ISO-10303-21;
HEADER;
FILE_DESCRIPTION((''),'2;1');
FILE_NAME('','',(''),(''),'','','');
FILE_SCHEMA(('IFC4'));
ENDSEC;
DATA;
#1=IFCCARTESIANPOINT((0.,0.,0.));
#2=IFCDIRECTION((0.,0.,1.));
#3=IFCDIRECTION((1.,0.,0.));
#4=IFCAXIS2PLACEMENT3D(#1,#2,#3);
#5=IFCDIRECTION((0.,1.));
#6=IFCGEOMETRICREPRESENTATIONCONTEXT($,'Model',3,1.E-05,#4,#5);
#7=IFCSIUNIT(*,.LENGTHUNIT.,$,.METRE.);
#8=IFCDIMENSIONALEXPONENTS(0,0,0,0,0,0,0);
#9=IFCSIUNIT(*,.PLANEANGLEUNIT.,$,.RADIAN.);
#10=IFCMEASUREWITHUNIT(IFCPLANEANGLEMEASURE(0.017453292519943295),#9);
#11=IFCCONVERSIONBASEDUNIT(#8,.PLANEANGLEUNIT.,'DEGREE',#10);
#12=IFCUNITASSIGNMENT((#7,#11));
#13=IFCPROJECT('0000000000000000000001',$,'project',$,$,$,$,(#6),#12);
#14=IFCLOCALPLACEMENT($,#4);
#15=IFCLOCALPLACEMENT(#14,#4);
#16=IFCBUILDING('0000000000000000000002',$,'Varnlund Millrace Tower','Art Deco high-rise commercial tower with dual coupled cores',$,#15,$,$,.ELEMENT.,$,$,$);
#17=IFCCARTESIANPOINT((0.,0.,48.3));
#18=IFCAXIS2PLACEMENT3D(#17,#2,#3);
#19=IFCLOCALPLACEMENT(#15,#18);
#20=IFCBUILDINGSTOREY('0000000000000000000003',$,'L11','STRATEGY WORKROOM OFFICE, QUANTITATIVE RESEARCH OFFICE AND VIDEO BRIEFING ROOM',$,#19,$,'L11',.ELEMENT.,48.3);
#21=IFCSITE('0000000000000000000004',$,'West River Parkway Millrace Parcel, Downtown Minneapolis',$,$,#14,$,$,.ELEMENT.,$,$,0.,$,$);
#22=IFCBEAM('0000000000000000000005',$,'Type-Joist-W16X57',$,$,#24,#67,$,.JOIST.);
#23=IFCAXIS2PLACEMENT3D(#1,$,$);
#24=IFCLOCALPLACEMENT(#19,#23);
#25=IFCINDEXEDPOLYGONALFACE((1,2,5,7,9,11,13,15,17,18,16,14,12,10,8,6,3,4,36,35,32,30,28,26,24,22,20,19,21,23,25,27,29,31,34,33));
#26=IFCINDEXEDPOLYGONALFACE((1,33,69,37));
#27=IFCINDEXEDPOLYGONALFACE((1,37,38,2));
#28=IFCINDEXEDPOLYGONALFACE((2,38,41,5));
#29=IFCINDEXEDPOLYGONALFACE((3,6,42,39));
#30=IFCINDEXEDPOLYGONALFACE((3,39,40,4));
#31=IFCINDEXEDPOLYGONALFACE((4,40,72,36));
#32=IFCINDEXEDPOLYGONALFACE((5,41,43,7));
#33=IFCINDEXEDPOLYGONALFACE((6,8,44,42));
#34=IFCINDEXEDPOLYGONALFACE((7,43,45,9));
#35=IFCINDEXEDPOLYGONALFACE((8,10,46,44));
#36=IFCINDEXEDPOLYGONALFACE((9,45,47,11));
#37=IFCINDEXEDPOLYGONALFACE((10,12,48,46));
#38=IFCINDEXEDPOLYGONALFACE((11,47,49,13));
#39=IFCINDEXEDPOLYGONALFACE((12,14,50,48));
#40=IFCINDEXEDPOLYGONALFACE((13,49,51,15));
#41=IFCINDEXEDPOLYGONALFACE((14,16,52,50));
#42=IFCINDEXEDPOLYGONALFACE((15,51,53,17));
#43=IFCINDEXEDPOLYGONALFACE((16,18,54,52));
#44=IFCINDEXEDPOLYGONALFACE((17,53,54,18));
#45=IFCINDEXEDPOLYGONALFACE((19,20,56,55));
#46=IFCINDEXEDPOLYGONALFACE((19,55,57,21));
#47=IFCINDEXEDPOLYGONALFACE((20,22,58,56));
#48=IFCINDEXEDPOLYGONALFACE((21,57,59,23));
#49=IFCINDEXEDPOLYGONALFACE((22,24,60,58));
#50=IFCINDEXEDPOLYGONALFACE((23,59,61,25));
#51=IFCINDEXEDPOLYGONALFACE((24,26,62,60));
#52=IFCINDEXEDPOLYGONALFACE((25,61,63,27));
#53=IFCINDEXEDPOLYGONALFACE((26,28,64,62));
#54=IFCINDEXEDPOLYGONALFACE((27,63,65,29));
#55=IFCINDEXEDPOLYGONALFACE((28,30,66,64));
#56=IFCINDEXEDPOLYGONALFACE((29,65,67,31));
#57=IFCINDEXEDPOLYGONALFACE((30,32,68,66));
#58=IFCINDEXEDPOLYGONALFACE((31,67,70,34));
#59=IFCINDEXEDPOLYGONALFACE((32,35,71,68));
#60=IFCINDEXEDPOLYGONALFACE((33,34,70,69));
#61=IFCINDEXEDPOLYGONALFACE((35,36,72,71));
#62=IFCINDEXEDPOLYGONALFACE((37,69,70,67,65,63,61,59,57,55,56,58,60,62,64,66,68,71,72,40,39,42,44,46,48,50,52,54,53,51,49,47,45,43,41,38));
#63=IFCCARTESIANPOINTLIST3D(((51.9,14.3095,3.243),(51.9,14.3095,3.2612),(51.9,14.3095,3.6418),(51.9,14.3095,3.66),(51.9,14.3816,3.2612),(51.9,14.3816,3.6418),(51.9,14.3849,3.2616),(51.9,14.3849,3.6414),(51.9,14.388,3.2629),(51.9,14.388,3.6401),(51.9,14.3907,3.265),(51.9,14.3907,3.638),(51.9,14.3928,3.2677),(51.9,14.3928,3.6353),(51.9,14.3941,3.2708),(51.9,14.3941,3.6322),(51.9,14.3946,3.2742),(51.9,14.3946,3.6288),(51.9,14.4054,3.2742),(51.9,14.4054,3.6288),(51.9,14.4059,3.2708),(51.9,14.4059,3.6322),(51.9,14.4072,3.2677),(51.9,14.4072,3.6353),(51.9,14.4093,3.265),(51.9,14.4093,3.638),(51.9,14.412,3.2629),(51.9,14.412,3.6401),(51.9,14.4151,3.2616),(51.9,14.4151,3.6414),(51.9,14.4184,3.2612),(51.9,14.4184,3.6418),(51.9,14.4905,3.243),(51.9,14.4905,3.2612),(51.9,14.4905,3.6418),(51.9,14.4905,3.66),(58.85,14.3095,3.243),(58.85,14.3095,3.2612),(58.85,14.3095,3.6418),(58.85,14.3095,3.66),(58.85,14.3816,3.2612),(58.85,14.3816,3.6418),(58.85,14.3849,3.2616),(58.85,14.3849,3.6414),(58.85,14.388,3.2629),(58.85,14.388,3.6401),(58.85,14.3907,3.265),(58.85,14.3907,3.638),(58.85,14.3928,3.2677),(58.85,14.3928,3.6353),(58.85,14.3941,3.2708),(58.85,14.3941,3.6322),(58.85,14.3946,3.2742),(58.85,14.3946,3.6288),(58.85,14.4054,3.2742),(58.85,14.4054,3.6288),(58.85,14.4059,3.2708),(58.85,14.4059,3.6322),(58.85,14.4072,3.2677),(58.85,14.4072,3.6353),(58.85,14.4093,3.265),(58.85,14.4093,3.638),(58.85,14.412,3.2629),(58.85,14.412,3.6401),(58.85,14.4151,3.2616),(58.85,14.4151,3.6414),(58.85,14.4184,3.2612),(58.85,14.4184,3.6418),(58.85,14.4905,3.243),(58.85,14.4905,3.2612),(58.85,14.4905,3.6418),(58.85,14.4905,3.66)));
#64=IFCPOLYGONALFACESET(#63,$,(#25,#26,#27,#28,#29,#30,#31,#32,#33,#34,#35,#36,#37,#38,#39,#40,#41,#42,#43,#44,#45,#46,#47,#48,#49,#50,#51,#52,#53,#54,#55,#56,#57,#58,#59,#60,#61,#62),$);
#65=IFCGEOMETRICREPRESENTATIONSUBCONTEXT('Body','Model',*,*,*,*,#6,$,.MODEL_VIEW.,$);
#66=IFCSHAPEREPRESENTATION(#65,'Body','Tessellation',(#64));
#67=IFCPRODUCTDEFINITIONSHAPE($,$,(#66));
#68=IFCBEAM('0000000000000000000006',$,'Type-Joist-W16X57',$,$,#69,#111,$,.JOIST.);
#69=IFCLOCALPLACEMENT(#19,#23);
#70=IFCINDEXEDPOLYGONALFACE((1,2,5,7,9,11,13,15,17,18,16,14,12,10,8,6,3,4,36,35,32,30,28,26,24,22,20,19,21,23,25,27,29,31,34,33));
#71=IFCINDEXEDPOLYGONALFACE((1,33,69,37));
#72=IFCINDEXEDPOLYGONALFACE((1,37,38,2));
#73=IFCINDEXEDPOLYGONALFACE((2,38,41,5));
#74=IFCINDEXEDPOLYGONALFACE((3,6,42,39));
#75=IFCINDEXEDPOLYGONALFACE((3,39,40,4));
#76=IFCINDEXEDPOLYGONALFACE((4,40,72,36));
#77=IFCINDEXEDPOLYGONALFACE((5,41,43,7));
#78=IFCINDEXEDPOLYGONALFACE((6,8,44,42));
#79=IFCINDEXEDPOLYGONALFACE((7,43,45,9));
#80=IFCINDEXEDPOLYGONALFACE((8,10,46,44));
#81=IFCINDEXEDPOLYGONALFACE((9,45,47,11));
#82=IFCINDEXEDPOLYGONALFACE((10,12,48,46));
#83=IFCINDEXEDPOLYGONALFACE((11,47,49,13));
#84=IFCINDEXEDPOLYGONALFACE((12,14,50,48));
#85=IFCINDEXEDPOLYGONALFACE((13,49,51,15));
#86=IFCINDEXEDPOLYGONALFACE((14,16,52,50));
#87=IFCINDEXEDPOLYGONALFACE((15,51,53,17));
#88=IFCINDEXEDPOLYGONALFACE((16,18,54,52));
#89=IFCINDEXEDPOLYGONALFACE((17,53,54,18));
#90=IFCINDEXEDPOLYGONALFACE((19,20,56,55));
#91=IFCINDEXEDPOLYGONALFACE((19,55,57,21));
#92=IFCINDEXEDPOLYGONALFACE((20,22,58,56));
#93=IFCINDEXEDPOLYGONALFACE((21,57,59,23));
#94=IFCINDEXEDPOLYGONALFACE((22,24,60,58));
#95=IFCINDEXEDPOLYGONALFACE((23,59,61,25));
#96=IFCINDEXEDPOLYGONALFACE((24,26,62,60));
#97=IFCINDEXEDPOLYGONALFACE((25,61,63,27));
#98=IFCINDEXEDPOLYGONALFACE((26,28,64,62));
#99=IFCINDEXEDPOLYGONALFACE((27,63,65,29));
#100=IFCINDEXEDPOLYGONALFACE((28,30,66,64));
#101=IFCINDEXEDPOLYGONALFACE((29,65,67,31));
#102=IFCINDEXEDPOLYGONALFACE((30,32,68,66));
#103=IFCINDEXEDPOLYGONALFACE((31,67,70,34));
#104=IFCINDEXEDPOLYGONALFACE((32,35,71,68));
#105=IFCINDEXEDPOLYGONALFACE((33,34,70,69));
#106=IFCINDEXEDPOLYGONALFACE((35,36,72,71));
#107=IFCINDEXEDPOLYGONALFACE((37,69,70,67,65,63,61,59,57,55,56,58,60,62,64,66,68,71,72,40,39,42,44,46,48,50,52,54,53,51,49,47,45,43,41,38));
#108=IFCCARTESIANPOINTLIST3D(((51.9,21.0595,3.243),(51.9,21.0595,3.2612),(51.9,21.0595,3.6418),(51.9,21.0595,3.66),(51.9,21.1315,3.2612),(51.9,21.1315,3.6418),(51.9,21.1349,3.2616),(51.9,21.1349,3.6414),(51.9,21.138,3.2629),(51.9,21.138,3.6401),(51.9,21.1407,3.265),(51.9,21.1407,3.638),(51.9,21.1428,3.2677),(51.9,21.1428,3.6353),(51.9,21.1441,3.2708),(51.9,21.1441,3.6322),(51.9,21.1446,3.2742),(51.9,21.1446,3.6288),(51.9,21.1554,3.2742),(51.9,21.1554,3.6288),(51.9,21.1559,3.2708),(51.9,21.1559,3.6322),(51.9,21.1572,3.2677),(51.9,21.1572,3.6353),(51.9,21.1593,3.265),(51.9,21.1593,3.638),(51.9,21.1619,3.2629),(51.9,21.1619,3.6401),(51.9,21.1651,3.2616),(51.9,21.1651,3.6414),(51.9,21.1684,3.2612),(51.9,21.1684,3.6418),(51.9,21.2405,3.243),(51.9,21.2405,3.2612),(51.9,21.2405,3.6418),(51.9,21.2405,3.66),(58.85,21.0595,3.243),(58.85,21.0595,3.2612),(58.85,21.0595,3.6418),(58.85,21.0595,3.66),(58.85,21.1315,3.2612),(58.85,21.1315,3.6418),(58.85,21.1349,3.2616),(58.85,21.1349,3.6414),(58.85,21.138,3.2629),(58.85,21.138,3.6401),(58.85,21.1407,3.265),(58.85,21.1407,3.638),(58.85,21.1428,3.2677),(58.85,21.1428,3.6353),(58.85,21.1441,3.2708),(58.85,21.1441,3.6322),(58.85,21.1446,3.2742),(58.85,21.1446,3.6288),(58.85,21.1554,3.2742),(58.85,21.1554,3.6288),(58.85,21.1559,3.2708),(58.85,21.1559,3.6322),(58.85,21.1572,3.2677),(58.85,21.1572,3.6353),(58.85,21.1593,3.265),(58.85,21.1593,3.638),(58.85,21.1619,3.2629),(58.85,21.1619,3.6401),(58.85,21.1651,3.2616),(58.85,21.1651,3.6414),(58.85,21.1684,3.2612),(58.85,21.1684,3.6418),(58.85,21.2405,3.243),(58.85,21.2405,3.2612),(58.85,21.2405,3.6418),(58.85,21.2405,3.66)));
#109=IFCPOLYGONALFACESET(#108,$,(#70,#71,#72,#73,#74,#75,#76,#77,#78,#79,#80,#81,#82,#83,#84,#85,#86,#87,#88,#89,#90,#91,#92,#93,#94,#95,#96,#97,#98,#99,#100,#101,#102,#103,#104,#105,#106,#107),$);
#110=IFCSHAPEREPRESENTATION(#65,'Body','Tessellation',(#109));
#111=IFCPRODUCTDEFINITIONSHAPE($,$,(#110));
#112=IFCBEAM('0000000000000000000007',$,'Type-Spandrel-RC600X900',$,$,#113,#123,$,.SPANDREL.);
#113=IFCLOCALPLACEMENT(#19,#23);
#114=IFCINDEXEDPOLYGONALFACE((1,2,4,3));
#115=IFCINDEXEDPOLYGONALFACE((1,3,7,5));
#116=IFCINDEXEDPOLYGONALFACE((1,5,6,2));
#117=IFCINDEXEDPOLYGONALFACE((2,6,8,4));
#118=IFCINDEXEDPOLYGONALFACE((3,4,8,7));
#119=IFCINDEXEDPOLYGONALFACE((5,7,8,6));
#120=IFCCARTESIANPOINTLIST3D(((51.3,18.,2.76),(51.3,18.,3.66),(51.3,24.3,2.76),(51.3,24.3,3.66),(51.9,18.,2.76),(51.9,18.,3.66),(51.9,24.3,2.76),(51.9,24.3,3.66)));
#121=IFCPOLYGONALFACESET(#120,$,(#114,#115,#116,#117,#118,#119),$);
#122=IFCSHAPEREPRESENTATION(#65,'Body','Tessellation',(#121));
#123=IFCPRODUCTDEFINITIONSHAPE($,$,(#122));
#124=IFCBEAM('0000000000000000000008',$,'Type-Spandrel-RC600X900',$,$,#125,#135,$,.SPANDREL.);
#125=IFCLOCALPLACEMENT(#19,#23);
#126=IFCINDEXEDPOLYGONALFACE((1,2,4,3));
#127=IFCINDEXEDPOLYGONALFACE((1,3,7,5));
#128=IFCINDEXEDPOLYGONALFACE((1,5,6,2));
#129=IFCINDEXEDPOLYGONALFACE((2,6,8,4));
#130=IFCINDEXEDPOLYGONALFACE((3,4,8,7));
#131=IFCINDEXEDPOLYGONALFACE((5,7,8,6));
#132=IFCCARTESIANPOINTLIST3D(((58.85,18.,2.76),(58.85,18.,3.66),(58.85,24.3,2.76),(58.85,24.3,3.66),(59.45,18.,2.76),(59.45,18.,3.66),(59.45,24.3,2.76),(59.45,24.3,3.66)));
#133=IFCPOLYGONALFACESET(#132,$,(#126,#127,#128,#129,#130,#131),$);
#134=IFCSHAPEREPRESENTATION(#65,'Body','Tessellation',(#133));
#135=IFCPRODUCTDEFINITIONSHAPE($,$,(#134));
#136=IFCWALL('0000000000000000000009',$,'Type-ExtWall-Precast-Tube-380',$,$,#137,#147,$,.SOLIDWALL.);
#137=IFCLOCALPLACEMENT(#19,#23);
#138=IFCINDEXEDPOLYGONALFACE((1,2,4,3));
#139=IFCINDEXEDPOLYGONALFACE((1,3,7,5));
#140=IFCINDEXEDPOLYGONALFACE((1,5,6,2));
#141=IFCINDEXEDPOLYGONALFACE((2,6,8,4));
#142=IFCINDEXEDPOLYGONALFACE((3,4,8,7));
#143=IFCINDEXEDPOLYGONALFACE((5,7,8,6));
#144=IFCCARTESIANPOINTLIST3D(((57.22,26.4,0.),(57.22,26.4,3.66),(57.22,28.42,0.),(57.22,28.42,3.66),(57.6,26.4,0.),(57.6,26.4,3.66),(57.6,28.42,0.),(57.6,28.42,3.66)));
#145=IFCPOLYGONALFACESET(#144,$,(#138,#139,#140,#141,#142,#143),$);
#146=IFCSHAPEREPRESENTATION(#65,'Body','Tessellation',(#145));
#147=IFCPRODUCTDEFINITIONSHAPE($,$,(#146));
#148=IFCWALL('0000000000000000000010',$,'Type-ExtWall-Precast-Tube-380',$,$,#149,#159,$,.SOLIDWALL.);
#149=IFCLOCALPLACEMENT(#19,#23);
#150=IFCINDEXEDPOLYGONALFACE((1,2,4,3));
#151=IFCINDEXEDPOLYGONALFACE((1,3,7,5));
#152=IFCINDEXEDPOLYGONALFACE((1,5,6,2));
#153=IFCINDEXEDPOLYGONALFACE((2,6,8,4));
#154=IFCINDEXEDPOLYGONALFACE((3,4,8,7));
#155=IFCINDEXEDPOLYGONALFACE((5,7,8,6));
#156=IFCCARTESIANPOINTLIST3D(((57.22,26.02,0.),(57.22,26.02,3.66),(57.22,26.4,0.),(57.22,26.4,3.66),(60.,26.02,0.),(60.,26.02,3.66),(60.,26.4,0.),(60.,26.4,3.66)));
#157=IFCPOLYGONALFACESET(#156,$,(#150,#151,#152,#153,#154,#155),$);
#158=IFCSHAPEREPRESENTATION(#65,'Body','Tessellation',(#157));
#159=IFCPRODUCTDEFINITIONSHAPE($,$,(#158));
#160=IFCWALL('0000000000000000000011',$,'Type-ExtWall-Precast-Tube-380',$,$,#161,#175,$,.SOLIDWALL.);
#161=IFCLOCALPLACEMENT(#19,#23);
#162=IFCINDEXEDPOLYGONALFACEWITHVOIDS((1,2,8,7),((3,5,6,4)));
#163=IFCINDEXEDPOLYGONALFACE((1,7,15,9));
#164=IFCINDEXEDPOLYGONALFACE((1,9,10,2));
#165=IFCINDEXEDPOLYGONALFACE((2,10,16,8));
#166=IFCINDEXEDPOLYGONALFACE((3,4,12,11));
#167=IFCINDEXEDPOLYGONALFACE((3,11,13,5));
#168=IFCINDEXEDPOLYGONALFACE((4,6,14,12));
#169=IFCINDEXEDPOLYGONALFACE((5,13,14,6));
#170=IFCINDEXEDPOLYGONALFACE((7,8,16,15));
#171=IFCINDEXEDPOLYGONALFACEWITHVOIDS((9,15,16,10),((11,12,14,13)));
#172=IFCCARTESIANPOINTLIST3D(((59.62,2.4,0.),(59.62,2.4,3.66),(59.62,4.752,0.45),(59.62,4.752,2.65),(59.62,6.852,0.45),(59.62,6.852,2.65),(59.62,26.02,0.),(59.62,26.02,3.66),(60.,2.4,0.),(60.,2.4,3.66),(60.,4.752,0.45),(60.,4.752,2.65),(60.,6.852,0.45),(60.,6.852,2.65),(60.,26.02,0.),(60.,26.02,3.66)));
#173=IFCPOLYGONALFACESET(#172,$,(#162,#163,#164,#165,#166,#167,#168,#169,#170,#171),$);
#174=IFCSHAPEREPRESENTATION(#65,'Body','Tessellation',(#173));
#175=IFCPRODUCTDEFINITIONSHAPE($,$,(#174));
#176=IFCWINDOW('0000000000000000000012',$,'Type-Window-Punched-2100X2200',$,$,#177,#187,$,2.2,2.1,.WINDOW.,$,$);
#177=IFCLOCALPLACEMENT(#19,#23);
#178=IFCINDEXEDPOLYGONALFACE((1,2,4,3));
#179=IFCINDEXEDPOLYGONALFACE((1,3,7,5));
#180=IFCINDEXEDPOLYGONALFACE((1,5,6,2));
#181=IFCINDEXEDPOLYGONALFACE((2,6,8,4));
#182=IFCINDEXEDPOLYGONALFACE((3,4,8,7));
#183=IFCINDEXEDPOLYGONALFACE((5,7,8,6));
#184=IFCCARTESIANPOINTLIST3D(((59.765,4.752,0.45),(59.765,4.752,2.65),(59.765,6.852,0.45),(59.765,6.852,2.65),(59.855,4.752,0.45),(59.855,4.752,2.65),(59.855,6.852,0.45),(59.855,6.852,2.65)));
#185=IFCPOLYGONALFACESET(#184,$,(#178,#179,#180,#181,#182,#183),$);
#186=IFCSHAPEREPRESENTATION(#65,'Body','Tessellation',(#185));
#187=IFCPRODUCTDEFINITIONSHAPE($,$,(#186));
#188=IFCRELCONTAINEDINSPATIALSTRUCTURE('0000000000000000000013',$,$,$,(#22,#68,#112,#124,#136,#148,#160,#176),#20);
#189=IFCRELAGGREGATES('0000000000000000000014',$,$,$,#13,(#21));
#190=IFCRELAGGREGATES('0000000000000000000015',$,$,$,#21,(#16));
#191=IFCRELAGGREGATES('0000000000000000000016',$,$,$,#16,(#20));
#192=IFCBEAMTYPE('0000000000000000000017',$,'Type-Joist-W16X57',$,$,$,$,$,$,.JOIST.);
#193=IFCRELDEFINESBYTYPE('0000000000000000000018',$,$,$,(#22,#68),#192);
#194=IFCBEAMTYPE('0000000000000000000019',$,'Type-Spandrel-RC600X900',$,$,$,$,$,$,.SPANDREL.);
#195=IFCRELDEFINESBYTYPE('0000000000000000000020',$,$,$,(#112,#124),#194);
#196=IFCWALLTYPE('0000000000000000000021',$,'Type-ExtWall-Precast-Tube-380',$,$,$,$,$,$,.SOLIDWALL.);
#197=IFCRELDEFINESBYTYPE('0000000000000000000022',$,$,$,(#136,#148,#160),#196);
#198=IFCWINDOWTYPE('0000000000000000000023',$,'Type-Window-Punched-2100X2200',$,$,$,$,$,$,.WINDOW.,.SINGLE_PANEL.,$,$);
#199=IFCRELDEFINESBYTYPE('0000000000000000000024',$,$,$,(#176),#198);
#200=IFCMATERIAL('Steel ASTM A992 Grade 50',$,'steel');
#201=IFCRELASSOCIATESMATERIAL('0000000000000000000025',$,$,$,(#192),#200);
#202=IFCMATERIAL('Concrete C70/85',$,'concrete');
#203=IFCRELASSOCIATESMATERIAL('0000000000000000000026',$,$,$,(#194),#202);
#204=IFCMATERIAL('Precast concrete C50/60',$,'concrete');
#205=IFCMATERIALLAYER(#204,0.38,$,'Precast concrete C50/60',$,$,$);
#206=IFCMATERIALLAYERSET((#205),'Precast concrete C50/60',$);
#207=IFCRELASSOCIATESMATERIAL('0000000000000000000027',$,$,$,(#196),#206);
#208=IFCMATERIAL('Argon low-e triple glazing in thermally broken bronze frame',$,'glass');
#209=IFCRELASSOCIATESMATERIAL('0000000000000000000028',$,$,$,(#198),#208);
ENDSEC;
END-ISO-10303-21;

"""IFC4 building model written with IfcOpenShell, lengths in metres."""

from ifc_helpers import new_model, entity, si_unit, converted_unit, direction, frame, origin_with_axes, origin_2d_with_axis, place, context, subcontext, project, spatial, polyline, rectangle, i_section, outline, extrude, material, layer, layer_set, material_profile, profile_set, type_object, element, fill, save


model = new_model("IFC4")

# Units and contexts
model_context = context("Model", 3, precision=1e-05, world=origin_with_axes(), true_north=direction((0.0, 1.0)))
body_context = subcontext(model_context, "Body", "Model", "MODEL_VIEW")
ifc_project = project(units=[si_unit("LENGTHUNIT", "METRE"), converted_unit("PLANEANGLEUNIT", "DEGREE", entity("IfcPlaneAngleMeasure", 0.017453292519943295), si_unit("PLANEANGLEUNIT", "RADIAN"), dimensions=[0, 0, 0, 0, 0, 0, 0])], contexts=[model_context])

# Site, building, storey
site_placement = place(None, origin_with_axes())
site = spatial("IfcSite", under=ifc_project, at=site_placement, Name="West River Parkway Millrace Parcel, Downtown Minneapolis", CompositionType="ELEMENT", RefElevation=0.0)
building_placement = place(site_placement, origin_with_axes())
building = spatial("IfcBuilding", under=site, at=building_placement, Name="Varnlund Millrace Tower", Description="Art Deco high-rise commercial tower with dual coupled cores", CompositionType="ELEMENT")
storey_placement = place(building_placement, frame((0.0, 0.0, 48.3), z_axis=(0.0, 0.0, 1.0), x_axis=(1.0, 0.0, 0.0)))
storey = spatial("IfcBuildingStorey", under=building, at=storey_placement, Name="L11", Description="STRATEGY WORKROOM OFFICE, QUANTITATIVE RESEARCH OFFICE AND VIDEO BRIEFING ROOM", LongName="L11", CompositionType="ELEMENT", Elevation=48.3)

# Beams
ifc_material_1 = material(Name="Steel ASTM A992 Grade 50", Category="steel")
ifc_material_profile_1 = material_profile(ifc_material_1, i_section(OverallWidth=0.181, OverallDepth=0.417, WebThickness=0.0109, FlangeThickness=0.0182, FilletRadius=0.013, at=origin_2d_with_axis()), Name="Steel ASTM A992 Grade 50")
ifc_profile_set_1 = profile_set([ifc_material_profile_1], Name="Steel ASTM A992 Grade 50")
beam_type_1 = type_object("IfcBeamType", Name="Type-Joist-W16X57", PredefinedType="JOIST", material=ifc_profile_set_1)
for number, where, z_axis, x_axis, name in (
    (1, (51.9, 14.4, 3.4515), (1.0, 0.0, 0.0), (0.0, 1.0, 0.0), "Type-Joist-W16X57"),
    (2, (51.9, 21.15, 3.4515), (1.0, 0.0, 0.0), (0.0, 1.0, 0.0), "Type-Joist-W16X57"),
):
    element("IfcBeam", number, at=place(storey_placement, frame(where, z_axis=z_axis, x_axis=x_axis)), inside=storey, type_object=beam_type_1, Name=name, PredefinedType="JOIST", context=body_context, shape_type="SweptSolid", body=[
        extrude(i_section(OverallWidth=0.181, OverallDepth=0.417, WebThickness=0.0109, FlangeThickness=0.0182, FilletRadius=0.013, at=origin_2d_with_axis()), origin_with_axes(), (0.0, 0.0, 1.0), 6.95),
    ])
ifc_material_2 = material(Name="Concrete C70/85", Category="concrete")
ifc_material_profile_2 = material_profile(ifc_material_2, rectangle(XDim=0.6, YDim=0.9, at=origin_2d_with_axis()), Name="Concrete C70/85")
ifc_profile_set_2 = profile_set([ifc_material_profile_2], Name="Concrete C70/85")
beam_type_2 = type_object("IfcBeamType", Name="Type-Spandrel-RC600X900", PredefinedType="SPANDREL", material=ifc_profile_set_2)
for number, where, z_axis, x_axis, name in (
    (3, (51.6, 18.0, 3.21), (0.0, 1.0, 0.0), (-1.0, 0.0, 0.0), "Type-Spandrel-RC600X900"),
    (4, (59.15, 18.0, 3.21), (0.0, 1.0, 0.0), (-1.0, 0.0, 0.0), "Type-Spandrel-RC600X900"),
):
    element("IfcBeam", number, at=place(storey_placement, frame(where, z_axis=z_axis, x_axis=x_axis)), inside=storey, type_object=beam_type_2, Name=name, PredefinedType="SPANDREL", context=body_context, shape_type="SweptSolid", body=[
        extrude(rectangle(XDim=0.6, YDim=0.9, at=origin_2d_with_axis()), origin_with_axes(), (0.0, 0.0, 1.0), 6.3),
    ])

# Walls
ifc_material_3 = material(Name="Precast concrete C50/60", Category="concrete")
ifc_layer_1 = layer(ifc_material_3, 0.38, Name="Precast concrete C50/60")
ifc_layer_set_1 = layer_set([ifc_layer_1], Name="Precast concrete C50/60")
wall_type_1 = type_object("IfcWallType", Name="Type-ExtWall-Precast-Tube-380", PredefinedType="SOLIDWALL", material=ifc_layer_set_1)
wall_1_placement = place(storey_placement, frame((57.41, 28.42, 0.0), z_axis=(0.0, 0.0, 1.0), x_axis=(0.0, -1.0, 0.0)))
element("IfcWall", 5, at=wall_1_placement, inside=storey, type_object=wall_type_1, Name="Type-ExtWall-Precast-Tube-380", PredefinedType="SOLIDWALL", context=body_context, shape_type="SweptSolid", body=[
    extrude(outline(polyline([(0.0, -0.19), (2.02, -0.19), (2.02, 0.19), (0.0, 0.19), (0.0, -0.19)])), origin_with_axes(), (0.0, 0.0, 1.0), 3.66),
])
wall_2_placement = place(storey_placement, frame((57.22, 26.21, 0.0), z_axis=(0.0, 0.0, 1.0), x_axis=(1.0, 0.0, 0.0)))
element("IfcWall", 6, at=wall_2_placement, inside=storey, type_object=wall_type_1, Name="Type-ExtWall-Precast-Tube-380", PredefinedType="SOLIDWALL", context=body_context, shape_type="SweptSolid", body=[
    extrude(outline(polyline([(0.0, -0.19), (2.78, -0.19), (2.78, 0.19), (0.0, 0.19), (0.0, -0.19)])), origin_with_axes(), (0.0, 0.0, 1.0), 3.66),
])

# Wall, opening, window
wall_3_placement = place(storey_placement, frame((59.81, 26.02, 0.0), z_axis=(0.0, 0.0, 1.0), x_axis=(0.0, -1.0, 0.0)))
wall_3 = element("IfcWall", 7, at=wall_3_placement, inside=storey, type_object=wall_type_1, Name="Type-ExtWall-Precast-Tube-380", PredefinedType="SOLIDWALL", context=body_context, shape_type="SweptSolid", body=[
    extrude(outline(polyline([(0.0, -0.19), (23.62, -0.19), (23.62, 0.19), (0.0, 0.19), (0.0, -0.19)])), origin_with_axes(), (0.0, 0.0, 1.0), 3.66),
])
opening_placement = place(wall_3_placement, frame((20.218, 0.0, 0.45), z_axis=(0.0, 0.0, 1.0), x_axis=(1.0, 0.0, 0.0)))
opening = element("IfcOpeningElement", 8, at=opening_placement, cuts=wall_3, PredefinedType="OPENING", context=body_context, shape_type="SweptSolid", body=[
    extrude(rectangle(XDim=2.1, YDim=0.4, at=origin_2d_with_axis()), origin_with_axes(), (0.0, 0.0, 1.0), 2.2),
])
ifc_material_4 = material(Name="Argon low-e triple glazing in thermally broken bronze frame", Category="glass")
window_type = type_object("IfcWindowType", Name="Type-Window-Punched-2100X2200", PartitioningType="SINGLE_PANEL", PredefinedType="WINDOW", material=ifc_material_4)
window_placement = place(wall_3_placement, frame((20.218, 0.0, 0.45), z_axis=(0.0, 0.0, 1.0), x_axis=(1.0, 0.0, 0.0)))
window = element("IfcWindow", 9, at=window_placement, inside=storey, type_object=window_type, Name="Type-Window-Punched-2100X2200", OverallHeight=2.2, OverallWidth=2.1, PredefinedType="WINDOW", context=body_context, shape_type="SweptSolid", body=[
    extrude(rectangle(XDim=2.1, YDim=0.09, at=origin_2d_with_axis()), origin_with_axes(), (0.0, 0.0, 1.0), 2.2),
])
fill(opening, window)

save(model, "model.ifc")
